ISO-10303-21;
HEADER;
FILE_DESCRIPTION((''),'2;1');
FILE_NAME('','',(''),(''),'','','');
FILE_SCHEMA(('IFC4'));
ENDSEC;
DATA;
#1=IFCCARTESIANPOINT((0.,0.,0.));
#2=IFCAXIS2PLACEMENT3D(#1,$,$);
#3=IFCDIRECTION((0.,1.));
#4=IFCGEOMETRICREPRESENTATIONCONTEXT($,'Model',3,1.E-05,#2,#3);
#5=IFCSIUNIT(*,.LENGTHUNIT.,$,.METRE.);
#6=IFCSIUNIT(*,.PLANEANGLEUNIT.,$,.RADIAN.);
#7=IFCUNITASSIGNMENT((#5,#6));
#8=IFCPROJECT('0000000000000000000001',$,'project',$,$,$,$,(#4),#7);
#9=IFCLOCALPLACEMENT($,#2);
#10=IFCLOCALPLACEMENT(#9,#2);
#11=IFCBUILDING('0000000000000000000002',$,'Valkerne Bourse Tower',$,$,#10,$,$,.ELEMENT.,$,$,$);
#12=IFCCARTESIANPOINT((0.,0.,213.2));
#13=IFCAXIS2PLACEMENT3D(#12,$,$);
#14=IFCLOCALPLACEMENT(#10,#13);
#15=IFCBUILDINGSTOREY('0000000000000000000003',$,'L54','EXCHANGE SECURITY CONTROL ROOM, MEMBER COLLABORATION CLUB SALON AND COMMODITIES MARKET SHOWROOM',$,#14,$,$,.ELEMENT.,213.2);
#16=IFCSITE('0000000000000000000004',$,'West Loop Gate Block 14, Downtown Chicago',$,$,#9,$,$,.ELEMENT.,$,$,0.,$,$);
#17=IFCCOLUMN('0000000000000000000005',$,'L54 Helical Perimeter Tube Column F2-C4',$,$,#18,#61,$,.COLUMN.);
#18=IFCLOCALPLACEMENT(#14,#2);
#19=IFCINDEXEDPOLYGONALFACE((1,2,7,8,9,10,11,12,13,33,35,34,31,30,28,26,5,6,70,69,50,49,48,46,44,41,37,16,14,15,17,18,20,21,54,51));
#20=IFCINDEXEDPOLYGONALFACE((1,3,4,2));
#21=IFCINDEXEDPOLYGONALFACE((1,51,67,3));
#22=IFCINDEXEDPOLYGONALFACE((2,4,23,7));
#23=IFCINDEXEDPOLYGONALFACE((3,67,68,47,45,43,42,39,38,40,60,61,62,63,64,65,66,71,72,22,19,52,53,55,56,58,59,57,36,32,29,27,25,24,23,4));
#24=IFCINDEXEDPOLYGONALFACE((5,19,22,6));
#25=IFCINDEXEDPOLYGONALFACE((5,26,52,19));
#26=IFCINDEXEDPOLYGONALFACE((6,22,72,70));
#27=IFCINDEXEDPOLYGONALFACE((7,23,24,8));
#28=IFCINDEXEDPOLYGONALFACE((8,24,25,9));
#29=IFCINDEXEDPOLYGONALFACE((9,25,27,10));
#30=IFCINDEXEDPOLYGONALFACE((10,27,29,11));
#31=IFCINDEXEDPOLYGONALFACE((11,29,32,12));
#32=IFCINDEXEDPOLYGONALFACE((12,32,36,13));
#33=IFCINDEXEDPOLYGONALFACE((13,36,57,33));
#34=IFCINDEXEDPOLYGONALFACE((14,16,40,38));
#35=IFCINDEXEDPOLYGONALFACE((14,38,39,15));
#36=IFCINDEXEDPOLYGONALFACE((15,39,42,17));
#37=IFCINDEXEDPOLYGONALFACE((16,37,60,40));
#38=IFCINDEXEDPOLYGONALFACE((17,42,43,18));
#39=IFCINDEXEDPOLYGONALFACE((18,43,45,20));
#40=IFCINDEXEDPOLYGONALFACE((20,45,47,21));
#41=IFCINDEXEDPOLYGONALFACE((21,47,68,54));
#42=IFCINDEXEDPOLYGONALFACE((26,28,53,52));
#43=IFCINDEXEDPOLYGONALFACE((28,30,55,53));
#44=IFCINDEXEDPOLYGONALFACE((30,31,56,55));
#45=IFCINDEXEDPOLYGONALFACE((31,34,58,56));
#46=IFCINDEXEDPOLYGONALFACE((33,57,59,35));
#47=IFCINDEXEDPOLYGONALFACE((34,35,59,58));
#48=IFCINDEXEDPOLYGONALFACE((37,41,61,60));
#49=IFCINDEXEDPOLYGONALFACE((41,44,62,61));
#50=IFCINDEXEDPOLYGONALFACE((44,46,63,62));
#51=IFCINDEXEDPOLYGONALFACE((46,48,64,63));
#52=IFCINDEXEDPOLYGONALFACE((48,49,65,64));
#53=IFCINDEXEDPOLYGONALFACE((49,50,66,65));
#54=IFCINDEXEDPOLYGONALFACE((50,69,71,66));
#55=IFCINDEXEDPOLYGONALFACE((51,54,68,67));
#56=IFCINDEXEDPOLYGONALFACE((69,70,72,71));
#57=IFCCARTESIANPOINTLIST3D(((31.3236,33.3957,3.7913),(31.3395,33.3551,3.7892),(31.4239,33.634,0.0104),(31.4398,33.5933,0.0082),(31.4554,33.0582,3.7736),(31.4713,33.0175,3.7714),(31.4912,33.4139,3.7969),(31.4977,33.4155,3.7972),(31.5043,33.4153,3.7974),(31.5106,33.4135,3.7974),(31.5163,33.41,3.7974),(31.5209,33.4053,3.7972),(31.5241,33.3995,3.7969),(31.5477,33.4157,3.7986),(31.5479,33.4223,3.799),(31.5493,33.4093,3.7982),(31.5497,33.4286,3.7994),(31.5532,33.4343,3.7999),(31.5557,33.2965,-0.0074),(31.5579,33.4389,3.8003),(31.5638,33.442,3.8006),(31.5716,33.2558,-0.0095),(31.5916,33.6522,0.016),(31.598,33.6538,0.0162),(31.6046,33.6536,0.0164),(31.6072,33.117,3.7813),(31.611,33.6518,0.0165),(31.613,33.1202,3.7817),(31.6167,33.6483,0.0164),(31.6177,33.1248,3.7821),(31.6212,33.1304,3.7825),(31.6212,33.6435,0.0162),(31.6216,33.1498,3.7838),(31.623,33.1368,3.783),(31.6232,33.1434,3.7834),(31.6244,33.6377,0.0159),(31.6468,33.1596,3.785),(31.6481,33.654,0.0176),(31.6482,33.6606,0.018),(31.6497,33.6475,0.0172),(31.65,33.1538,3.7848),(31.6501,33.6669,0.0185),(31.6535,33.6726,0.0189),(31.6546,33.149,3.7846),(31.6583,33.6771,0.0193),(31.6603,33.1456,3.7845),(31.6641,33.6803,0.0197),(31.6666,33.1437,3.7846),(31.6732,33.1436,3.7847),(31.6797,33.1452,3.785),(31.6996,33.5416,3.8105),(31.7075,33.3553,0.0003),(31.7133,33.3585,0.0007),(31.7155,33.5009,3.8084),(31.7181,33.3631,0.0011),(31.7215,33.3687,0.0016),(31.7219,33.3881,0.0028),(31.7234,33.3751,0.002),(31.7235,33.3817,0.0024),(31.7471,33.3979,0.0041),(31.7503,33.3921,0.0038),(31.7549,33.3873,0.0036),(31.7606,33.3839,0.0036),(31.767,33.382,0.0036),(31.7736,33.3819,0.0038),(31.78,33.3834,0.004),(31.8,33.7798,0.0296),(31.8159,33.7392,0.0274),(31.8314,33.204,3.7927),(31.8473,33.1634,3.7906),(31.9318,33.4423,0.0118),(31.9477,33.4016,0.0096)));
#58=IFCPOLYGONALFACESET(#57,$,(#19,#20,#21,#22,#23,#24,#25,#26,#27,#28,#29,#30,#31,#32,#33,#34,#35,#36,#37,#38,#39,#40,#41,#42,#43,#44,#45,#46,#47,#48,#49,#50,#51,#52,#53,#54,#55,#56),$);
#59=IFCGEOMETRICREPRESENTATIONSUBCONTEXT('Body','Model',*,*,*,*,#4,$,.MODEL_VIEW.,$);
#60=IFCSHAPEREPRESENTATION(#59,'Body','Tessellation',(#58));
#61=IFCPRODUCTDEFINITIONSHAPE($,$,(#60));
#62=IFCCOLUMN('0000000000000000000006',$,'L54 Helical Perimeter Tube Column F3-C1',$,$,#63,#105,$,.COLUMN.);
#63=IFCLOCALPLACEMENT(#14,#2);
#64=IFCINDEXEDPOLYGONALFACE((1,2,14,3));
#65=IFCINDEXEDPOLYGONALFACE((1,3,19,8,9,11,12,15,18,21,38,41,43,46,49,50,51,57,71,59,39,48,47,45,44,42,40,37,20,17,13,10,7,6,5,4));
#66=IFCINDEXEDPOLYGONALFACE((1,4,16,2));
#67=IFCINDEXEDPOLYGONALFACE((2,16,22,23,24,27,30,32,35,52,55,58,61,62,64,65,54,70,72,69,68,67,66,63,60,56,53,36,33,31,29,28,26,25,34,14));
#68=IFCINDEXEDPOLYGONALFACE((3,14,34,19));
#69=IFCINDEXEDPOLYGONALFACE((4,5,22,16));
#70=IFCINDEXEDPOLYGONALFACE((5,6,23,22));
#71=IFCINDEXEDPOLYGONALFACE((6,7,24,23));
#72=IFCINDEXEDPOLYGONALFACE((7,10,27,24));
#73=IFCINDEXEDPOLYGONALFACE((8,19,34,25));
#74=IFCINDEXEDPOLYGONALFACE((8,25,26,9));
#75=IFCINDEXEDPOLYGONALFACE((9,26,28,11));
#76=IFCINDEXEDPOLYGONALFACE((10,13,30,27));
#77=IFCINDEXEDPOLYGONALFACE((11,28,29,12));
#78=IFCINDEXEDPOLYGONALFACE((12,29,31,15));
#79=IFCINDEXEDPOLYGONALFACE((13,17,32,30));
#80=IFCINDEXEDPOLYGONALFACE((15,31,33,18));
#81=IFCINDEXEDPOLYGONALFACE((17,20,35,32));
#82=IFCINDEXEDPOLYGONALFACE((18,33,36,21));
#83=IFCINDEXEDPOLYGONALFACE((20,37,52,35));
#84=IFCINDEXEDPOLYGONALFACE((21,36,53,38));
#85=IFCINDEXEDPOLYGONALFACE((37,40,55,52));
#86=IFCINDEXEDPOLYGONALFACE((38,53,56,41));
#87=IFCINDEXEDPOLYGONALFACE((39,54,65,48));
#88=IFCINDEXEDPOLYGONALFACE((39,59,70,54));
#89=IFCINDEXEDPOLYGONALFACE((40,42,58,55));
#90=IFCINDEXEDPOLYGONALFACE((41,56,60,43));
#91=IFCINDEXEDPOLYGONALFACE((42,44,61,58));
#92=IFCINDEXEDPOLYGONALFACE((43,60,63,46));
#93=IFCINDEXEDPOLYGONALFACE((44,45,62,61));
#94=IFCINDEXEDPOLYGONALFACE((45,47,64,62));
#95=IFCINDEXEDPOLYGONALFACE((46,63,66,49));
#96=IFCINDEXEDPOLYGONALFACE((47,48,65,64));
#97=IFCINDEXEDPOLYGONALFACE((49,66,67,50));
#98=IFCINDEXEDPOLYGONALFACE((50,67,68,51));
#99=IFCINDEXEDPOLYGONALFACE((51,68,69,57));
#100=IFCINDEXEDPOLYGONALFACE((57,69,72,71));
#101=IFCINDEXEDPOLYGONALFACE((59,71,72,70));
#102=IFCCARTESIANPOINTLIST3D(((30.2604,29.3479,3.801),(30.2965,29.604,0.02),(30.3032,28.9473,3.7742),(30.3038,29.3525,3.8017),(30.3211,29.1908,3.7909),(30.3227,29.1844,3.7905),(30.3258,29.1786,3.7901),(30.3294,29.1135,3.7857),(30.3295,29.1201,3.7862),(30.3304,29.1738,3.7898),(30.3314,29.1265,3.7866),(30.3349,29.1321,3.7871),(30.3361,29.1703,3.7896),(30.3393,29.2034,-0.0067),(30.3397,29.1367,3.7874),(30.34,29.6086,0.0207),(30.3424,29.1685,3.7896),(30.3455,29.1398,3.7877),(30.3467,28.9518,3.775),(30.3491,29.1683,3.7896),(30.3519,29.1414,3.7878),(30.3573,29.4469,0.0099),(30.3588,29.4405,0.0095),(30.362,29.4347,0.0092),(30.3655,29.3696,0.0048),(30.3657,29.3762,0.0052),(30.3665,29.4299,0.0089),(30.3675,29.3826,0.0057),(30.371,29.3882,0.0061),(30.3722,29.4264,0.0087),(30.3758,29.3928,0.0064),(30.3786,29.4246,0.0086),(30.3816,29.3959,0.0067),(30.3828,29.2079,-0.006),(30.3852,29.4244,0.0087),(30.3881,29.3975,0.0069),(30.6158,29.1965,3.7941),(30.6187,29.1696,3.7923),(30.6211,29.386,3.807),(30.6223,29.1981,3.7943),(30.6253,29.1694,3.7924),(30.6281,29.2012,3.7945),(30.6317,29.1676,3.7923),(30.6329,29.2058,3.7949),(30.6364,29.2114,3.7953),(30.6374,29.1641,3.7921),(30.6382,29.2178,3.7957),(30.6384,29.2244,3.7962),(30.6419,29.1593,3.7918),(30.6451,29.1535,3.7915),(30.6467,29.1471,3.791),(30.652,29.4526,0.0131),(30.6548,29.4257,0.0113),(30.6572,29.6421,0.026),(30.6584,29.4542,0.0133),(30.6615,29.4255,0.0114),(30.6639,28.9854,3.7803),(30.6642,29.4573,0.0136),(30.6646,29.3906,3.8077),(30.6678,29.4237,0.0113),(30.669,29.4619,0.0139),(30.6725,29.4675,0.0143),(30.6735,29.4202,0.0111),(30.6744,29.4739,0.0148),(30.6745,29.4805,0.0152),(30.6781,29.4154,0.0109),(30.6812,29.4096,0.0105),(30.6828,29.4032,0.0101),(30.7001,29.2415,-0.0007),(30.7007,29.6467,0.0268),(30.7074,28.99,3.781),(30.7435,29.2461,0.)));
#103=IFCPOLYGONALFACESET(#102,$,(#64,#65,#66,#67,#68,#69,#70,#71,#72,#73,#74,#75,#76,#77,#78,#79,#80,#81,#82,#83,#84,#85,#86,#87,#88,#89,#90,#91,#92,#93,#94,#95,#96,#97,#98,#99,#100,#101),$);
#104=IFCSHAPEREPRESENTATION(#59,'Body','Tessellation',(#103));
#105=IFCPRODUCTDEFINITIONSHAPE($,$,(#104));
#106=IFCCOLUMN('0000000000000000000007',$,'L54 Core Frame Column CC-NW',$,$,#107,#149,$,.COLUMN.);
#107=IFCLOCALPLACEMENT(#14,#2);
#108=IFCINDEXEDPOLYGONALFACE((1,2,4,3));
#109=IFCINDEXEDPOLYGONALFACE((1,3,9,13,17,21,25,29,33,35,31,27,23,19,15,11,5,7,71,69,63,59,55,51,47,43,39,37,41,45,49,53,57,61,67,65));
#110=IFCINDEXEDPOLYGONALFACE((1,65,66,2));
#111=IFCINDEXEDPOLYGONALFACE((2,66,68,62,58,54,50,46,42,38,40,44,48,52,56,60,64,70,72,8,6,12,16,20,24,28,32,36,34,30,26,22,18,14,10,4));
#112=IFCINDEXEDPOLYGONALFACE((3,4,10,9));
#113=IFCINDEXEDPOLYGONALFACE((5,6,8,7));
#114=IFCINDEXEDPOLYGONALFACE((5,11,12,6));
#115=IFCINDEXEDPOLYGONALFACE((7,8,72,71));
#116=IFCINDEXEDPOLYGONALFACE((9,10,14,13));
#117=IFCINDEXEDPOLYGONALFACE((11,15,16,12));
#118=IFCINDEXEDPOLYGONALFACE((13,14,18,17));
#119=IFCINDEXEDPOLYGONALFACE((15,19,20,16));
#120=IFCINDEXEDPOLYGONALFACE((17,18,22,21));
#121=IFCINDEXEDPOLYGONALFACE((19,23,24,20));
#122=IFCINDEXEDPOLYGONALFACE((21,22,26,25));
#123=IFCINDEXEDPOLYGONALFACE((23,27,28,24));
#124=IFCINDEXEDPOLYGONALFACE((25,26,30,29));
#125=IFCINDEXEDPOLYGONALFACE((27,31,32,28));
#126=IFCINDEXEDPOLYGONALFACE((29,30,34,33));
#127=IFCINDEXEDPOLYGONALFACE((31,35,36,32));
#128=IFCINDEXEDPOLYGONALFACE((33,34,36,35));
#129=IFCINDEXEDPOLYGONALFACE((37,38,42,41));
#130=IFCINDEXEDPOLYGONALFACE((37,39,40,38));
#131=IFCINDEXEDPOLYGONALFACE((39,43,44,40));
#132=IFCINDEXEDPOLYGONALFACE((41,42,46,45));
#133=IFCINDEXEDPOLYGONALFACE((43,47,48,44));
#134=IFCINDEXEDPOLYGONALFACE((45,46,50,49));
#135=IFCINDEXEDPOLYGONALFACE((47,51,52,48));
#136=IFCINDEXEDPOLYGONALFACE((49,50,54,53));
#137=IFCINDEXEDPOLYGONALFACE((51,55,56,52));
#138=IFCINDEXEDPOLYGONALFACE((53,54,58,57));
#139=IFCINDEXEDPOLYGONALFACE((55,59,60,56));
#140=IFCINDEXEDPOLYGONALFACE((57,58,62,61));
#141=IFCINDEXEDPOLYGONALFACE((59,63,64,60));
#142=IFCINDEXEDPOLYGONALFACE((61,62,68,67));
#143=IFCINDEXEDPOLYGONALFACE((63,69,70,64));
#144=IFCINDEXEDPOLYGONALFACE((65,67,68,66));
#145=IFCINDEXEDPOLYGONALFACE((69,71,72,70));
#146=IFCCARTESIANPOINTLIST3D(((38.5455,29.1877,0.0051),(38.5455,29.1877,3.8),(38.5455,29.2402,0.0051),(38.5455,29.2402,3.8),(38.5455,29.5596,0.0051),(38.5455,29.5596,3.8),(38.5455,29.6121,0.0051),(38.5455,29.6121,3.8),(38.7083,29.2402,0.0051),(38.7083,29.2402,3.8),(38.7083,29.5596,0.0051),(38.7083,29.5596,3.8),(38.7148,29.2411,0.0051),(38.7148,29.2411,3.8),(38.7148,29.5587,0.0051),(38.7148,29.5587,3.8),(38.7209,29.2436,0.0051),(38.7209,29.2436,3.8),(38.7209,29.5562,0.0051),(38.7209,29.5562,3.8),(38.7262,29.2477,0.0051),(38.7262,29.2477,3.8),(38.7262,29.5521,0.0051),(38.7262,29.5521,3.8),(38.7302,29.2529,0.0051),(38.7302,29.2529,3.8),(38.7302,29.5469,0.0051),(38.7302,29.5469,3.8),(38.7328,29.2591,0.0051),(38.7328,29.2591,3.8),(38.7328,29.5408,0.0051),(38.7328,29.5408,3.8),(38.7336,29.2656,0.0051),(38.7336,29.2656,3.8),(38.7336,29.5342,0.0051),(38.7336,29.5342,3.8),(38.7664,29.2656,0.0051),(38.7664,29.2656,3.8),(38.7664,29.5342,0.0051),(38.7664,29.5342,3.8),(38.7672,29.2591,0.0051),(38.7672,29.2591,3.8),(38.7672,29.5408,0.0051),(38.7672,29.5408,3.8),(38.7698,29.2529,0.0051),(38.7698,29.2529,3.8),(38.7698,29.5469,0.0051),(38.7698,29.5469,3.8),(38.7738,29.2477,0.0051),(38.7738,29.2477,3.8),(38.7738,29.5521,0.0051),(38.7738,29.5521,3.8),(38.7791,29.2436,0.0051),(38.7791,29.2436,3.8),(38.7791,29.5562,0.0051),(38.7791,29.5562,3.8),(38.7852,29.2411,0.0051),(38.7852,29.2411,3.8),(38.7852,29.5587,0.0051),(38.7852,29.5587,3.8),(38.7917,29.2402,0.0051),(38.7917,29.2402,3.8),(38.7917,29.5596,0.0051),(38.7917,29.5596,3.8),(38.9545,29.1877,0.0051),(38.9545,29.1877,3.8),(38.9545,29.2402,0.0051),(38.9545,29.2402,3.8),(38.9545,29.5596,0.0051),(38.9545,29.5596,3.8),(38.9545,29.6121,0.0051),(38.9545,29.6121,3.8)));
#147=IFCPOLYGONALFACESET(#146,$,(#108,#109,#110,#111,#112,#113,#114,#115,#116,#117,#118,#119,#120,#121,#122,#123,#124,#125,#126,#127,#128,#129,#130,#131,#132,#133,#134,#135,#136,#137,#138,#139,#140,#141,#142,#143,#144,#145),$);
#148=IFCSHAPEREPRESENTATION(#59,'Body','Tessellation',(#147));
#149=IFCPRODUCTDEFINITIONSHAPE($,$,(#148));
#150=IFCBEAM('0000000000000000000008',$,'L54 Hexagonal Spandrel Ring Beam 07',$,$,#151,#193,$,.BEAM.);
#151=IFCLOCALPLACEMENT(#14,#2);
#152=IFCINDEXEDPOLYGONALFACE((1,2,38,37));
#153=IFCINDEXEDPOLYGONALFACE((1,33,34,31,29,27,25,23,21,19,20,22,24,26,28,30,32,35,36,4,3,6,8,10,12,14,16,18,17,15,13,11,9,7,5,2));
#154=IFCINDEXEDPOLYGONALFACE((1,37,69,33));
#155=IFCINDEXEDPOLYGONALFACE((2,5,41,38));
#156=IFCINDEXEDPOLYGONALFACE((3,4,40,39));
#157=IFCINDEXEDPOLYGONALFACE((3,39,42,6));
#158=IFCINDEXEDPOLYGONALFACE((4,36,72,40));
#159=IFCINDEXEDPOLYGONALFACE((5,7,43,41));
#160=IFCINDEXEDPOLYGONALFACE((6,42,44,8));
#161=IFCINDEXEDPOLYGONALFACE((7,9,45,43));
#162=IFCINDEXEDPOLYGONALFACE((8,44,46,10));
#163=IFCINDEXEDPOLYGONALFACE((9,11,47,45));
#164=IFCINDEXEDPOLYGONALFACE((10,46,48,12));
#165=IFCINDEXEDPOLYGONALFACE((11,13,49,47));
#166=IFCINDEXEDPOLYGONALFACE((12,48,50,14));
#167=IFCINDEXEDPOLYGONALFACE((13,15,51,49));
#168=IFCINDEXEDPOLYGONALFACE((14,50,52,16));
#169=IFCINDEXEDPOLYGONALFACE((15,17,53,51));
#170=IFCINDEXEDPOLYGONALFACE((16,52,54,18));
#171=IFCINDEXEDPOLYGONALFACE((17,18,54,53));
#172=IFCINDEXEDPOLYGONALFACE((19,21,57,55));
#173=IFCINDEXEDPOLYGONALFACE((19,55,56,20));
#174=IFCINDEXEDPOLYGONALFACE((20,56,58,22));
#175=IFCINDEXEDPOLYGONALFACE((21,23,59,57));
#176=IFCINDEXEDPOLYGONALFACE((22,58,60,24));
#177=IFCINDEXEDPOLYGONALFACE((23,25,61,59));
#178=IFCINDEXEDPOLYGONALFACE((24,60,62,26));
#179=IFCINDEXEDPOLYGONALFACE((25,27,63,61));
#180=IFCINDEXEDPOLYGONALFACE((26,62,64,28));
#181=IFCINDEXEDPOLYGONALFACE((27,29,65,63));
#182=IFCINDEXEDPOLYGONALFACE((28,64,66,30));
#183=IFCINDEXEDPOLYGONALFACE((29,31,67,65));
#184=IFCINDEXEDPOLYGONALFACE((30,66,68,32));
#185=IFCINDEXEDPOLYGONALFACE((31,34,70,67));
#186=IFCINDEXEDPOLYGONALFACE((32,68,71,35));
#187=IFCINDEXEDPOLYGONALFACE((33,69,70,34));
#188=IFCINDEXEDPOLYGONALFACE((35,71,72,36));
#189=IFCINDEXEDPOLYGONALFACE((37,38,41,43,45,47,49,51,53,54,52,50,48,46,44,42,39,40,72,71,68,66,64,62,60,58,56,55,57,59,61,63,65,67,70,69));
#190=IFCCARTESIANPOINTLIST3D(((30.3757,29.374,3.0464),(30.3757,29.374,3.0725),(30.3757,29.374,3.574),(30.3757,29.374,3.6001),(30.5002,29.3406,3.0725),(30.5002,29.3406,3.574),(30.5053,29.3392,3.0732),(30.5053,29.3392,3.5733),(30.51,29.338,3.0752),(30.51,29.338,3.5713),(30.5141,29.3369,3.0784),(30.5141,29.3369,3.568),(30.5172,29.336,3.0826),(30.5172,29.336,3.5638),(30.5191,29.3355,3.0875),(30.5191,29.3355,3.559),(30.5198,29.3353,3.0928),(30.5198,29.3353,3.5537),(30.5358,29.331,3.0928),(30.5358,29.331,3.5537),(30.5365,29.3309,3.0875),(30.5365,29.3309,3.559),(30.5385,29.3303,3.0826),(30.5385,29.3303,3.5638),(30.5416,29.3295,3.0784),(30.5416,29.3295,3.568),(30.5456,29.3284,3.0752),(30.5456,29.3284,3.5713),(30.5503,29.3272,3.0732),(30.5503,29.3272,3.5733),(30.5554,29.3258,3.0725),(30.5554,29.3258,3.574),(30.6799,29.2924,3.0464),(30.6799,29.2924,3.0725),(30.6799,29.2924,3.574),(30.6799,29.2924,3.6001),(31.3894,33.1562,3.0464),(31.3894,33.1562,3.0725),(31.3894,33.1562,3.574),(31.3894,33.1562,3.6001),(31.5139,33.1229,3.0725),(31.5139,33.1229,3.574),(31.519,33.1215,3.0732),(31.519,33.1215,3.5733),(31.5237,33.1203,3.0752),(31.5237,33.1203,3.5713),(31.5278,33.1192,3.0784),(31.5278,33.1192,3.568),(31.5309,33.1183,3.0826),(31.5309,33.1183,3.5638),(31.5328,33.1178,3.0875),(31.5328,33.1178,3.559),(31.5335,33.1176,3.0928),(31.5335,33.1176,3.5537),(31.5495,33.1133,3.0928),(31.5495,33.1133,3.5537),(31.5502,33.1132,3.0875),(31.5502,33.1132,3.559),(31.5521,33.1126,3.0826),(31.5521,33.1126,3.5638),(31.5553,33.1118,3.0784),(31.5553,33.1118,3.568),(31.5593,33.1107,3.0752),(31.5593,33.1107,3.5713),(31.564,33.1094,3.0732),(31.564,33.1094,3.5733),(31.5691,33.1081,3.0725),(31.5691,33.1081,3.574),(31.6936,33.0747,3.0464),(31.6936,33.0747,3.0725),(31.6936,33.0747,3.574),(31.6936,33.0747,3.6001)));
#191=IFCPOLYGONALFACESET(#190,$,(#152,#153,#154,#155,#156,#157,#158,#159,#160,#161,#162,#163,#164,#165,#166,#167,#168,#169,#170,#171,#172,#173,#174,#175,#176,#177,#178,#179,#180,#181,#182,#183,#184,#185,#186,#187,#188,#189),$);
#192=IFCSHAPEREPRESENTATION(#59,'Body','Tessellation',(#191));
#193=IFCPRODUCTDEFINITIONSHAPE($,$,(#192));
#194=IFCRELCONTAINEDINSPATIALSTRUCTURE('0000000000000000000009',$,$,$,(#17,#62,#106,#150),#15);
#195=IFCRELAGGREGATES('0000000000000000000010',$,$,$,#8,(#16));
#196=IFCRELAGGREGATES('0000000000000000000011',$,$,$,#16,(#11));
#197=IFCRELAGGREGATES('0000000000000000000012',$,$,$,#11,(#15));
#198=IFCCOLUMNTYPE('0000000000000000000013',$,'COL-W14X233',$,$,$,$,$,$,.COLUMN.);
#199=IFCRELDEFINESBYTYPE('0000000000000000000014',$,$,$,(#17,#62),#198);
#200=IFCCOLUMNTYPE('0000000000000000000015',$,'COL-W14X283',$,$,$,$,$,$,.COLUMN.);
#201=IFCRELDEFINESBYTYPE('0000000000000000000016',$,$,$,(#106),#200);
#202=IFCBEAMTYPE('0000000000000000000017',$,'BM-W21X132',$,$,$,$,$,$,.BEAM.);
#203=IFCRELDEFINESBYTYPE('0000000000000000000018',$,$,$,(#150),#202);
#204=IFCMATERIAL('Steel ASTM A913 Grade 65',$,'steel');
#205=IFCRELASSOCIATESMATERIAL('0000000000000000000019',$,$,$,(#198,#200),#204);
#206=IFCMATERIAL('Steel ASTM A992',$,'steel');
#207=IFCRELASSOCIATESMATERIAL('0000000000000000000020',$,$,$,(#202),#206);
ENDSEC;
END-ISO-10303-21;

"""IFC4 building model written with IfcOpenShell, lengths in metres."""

from ifc_helpers import new_model, si_unit, direction, frame, origin, origin_2d, place, context, subcontext, project, spatial, i_section, extrude, material, material_profile, profile_set, type_object, element, save


model = new_model("IFC4")

# Units and contexts
model_context = context("Model", 3, precision=1e-05, world=origin(), true_north=direction((0.0, 1.0)))
body_context = subcontext(model_context, "Body", "Model", "MODEL_VIEW")
ifc_project = project(units=[si_unit("LENGTHUNIT", "METRE"), si_unit("PLANEANGLEUNIT", "RADIAN")], contexts=[model_context])

# Site, building, storey
site_placement = place(None, origin())
site = spatial("IfcSite", under=ifc_project, at=site_placement, Name="West Loop Gate Block 14, Downtown Chicago", CompositionType="ELEMENT", RefElevation=0.0)
building_placement = place(site_placement, origin())
building = spatial("IfcBuilding", under=site, at=building_placement, Name="Valkerne Bourse Tower", CompositionType="ELEMENT")
storey_placement = place(building_placement, frame((0.0, 0.0, 213.2)))
storey = spatial("IfcBuildingStorey", under=building, at=storey_placement, Name="L54", Description="EXCHANGE SECURITY CONTROL ROOM, MEMBER COLLABORATION CLUB SALON AND COMMODITIES MARKET SHOWROOM", CompositionType="ELEMENT", Elevation=213.2)

# Columns
ifc_material_1 = material(Name="Steel ASTM A913 Grade 65", Category="steel")
ifc_material_profile_1 = material_profile(ifc_material_1, i_section(OverallWidth=0.4038, OverallDepth=0.4065, WebThickness=0.0271, FlangeThickness=0.0437, FilletRadius=0.0254, at=origin_2d()), Name="W14X233")
ifc_profile_set_1 = profile_set([ifc_material_profile_1], Name="Steel ASTM A913 Grade 65")
column_type_1 = type_object("IfcColumnType", Name="COL-W14X233", PredefinedType="COLUMN", material=ifc_profile_set_1)
for number, where, z_axis, x_axis, name in (
    (1, (31.6858, 33.5178, 0.01), (-0.026477, -0.062874, 0.99767), (-0.931292, -0.361167, -0.047476), "L54 Helical Perimeter Tube Column F2-C4"),
    (2, (30.52, 29.425, 0.01), (-0.009534, -0.067576, 0.997669), (0.106048, -0.992156, -0.066189), "L54 Helical Perimeter Tube Column F3-C1"),
):
    element("IfcColumn", number, at=place(storey_placement, frame(where, z_axis=z_axis, x_axis=x_axis)), inside=storey, type_object=column_type_1, Name=name, PredefinedType="COLUMN", context=body_context, shape_type="SweptSolid", body=[
        extrude(i_section(OverallWidth=0.4038, OverallDepth=0.4065, WebThickness=0.0271, FlangeThickness=0.0437, FilletRadius=0.0254, at=origin_2d()), origin(), (0.0, 0.0, 1.0), 3.7898),
    ])
ifc_material_profile_2 = material_profile(ifc_material_1, i_section(OverallWidth=0.4089, OverallDepth=0.4243, WebThickness=0.0327, FlangeThickness=0.0525, FilletRadius=0.0254, at=origin_2d()), Name="W14X283")
ifc_profile_set_2 = profile_set([ifc_material_profile_2], Name="Steel ASTM A913 Grade 65")
column_type_2 = type_object("IfcColumnType", Name="COL-W14X283", PredefinedType="COLUMN", material=ifc_profile_set_2)
column_placement = place(storey_placement, frame((38.75, 29.3999, 0.0051), z_axis=(0.0, 0.0, 1.0), x_axis=(1.0, 0.0, 0.0)))
element("IfcColumn", 3, at=column_placement, inside=storey, type_object=column_type_2, Name="L54 Core Frame Column CC-NW", PredefinedType="COLUMN", context=body_context, shape_type="SweptSolid", body=[
    extrude(i_section(OverallWidth=0.4089, OverallDepth=0.4243, WebThickness=0.0327, FlangeThickness=0.0525, FilletRadius=0.0254, at=origin_2d()), origin(), (0.0, 0.0, 1.0), 3.7949),
])

# Beam
ifc_material_2 = material(Name="Steel ASTM A992", Category="steel")
ifc_material_profile_3 = material_profile(ifc_material_2, i_section(OverallWidth=0.3149, OverallDepth=0.5537, WebThickness=0.0166, FlangeThickness=0.0261, FilletRadius=0.0203, at=origin_2d()), Name="W21X132")
ifc_profile_set_3 = profile_set([ifc_material_profile_3], Name="Steel ASTM A992")
beam_type_1 = type_object("IfcBeamType", Name="BM-W21X132", PredefinedType="BEAM", material=ifc_profile_set_3)
beam_1_placement = place(storey_placement, frame((31.5415, 33.1155, 3.3232), z_axis=(-0.258873, -0.965911, 0.0), x_axis=(0.965911, -0.258873, 0.0)))
element("IfcBeam", 4, at=beam_1_placement, inside=storey, type_object=beam_type_1, Name="L54 Hexagonal Spandrel Ring Beam 07", PredefinedType="BEAM", context=body_context, shape_type="SweptSolid", body=[
    extrude(i_section(OverallWidth=0.3149, OverallDepth=0.5537, WebThickness=0.0166, FlangeThickness=0.0261, FilletRadius=0.0203, at=origin_2d()), origin(), (0.0, 0.0, 1.0), 3.9158),
])

save(model, "model.ifc")
